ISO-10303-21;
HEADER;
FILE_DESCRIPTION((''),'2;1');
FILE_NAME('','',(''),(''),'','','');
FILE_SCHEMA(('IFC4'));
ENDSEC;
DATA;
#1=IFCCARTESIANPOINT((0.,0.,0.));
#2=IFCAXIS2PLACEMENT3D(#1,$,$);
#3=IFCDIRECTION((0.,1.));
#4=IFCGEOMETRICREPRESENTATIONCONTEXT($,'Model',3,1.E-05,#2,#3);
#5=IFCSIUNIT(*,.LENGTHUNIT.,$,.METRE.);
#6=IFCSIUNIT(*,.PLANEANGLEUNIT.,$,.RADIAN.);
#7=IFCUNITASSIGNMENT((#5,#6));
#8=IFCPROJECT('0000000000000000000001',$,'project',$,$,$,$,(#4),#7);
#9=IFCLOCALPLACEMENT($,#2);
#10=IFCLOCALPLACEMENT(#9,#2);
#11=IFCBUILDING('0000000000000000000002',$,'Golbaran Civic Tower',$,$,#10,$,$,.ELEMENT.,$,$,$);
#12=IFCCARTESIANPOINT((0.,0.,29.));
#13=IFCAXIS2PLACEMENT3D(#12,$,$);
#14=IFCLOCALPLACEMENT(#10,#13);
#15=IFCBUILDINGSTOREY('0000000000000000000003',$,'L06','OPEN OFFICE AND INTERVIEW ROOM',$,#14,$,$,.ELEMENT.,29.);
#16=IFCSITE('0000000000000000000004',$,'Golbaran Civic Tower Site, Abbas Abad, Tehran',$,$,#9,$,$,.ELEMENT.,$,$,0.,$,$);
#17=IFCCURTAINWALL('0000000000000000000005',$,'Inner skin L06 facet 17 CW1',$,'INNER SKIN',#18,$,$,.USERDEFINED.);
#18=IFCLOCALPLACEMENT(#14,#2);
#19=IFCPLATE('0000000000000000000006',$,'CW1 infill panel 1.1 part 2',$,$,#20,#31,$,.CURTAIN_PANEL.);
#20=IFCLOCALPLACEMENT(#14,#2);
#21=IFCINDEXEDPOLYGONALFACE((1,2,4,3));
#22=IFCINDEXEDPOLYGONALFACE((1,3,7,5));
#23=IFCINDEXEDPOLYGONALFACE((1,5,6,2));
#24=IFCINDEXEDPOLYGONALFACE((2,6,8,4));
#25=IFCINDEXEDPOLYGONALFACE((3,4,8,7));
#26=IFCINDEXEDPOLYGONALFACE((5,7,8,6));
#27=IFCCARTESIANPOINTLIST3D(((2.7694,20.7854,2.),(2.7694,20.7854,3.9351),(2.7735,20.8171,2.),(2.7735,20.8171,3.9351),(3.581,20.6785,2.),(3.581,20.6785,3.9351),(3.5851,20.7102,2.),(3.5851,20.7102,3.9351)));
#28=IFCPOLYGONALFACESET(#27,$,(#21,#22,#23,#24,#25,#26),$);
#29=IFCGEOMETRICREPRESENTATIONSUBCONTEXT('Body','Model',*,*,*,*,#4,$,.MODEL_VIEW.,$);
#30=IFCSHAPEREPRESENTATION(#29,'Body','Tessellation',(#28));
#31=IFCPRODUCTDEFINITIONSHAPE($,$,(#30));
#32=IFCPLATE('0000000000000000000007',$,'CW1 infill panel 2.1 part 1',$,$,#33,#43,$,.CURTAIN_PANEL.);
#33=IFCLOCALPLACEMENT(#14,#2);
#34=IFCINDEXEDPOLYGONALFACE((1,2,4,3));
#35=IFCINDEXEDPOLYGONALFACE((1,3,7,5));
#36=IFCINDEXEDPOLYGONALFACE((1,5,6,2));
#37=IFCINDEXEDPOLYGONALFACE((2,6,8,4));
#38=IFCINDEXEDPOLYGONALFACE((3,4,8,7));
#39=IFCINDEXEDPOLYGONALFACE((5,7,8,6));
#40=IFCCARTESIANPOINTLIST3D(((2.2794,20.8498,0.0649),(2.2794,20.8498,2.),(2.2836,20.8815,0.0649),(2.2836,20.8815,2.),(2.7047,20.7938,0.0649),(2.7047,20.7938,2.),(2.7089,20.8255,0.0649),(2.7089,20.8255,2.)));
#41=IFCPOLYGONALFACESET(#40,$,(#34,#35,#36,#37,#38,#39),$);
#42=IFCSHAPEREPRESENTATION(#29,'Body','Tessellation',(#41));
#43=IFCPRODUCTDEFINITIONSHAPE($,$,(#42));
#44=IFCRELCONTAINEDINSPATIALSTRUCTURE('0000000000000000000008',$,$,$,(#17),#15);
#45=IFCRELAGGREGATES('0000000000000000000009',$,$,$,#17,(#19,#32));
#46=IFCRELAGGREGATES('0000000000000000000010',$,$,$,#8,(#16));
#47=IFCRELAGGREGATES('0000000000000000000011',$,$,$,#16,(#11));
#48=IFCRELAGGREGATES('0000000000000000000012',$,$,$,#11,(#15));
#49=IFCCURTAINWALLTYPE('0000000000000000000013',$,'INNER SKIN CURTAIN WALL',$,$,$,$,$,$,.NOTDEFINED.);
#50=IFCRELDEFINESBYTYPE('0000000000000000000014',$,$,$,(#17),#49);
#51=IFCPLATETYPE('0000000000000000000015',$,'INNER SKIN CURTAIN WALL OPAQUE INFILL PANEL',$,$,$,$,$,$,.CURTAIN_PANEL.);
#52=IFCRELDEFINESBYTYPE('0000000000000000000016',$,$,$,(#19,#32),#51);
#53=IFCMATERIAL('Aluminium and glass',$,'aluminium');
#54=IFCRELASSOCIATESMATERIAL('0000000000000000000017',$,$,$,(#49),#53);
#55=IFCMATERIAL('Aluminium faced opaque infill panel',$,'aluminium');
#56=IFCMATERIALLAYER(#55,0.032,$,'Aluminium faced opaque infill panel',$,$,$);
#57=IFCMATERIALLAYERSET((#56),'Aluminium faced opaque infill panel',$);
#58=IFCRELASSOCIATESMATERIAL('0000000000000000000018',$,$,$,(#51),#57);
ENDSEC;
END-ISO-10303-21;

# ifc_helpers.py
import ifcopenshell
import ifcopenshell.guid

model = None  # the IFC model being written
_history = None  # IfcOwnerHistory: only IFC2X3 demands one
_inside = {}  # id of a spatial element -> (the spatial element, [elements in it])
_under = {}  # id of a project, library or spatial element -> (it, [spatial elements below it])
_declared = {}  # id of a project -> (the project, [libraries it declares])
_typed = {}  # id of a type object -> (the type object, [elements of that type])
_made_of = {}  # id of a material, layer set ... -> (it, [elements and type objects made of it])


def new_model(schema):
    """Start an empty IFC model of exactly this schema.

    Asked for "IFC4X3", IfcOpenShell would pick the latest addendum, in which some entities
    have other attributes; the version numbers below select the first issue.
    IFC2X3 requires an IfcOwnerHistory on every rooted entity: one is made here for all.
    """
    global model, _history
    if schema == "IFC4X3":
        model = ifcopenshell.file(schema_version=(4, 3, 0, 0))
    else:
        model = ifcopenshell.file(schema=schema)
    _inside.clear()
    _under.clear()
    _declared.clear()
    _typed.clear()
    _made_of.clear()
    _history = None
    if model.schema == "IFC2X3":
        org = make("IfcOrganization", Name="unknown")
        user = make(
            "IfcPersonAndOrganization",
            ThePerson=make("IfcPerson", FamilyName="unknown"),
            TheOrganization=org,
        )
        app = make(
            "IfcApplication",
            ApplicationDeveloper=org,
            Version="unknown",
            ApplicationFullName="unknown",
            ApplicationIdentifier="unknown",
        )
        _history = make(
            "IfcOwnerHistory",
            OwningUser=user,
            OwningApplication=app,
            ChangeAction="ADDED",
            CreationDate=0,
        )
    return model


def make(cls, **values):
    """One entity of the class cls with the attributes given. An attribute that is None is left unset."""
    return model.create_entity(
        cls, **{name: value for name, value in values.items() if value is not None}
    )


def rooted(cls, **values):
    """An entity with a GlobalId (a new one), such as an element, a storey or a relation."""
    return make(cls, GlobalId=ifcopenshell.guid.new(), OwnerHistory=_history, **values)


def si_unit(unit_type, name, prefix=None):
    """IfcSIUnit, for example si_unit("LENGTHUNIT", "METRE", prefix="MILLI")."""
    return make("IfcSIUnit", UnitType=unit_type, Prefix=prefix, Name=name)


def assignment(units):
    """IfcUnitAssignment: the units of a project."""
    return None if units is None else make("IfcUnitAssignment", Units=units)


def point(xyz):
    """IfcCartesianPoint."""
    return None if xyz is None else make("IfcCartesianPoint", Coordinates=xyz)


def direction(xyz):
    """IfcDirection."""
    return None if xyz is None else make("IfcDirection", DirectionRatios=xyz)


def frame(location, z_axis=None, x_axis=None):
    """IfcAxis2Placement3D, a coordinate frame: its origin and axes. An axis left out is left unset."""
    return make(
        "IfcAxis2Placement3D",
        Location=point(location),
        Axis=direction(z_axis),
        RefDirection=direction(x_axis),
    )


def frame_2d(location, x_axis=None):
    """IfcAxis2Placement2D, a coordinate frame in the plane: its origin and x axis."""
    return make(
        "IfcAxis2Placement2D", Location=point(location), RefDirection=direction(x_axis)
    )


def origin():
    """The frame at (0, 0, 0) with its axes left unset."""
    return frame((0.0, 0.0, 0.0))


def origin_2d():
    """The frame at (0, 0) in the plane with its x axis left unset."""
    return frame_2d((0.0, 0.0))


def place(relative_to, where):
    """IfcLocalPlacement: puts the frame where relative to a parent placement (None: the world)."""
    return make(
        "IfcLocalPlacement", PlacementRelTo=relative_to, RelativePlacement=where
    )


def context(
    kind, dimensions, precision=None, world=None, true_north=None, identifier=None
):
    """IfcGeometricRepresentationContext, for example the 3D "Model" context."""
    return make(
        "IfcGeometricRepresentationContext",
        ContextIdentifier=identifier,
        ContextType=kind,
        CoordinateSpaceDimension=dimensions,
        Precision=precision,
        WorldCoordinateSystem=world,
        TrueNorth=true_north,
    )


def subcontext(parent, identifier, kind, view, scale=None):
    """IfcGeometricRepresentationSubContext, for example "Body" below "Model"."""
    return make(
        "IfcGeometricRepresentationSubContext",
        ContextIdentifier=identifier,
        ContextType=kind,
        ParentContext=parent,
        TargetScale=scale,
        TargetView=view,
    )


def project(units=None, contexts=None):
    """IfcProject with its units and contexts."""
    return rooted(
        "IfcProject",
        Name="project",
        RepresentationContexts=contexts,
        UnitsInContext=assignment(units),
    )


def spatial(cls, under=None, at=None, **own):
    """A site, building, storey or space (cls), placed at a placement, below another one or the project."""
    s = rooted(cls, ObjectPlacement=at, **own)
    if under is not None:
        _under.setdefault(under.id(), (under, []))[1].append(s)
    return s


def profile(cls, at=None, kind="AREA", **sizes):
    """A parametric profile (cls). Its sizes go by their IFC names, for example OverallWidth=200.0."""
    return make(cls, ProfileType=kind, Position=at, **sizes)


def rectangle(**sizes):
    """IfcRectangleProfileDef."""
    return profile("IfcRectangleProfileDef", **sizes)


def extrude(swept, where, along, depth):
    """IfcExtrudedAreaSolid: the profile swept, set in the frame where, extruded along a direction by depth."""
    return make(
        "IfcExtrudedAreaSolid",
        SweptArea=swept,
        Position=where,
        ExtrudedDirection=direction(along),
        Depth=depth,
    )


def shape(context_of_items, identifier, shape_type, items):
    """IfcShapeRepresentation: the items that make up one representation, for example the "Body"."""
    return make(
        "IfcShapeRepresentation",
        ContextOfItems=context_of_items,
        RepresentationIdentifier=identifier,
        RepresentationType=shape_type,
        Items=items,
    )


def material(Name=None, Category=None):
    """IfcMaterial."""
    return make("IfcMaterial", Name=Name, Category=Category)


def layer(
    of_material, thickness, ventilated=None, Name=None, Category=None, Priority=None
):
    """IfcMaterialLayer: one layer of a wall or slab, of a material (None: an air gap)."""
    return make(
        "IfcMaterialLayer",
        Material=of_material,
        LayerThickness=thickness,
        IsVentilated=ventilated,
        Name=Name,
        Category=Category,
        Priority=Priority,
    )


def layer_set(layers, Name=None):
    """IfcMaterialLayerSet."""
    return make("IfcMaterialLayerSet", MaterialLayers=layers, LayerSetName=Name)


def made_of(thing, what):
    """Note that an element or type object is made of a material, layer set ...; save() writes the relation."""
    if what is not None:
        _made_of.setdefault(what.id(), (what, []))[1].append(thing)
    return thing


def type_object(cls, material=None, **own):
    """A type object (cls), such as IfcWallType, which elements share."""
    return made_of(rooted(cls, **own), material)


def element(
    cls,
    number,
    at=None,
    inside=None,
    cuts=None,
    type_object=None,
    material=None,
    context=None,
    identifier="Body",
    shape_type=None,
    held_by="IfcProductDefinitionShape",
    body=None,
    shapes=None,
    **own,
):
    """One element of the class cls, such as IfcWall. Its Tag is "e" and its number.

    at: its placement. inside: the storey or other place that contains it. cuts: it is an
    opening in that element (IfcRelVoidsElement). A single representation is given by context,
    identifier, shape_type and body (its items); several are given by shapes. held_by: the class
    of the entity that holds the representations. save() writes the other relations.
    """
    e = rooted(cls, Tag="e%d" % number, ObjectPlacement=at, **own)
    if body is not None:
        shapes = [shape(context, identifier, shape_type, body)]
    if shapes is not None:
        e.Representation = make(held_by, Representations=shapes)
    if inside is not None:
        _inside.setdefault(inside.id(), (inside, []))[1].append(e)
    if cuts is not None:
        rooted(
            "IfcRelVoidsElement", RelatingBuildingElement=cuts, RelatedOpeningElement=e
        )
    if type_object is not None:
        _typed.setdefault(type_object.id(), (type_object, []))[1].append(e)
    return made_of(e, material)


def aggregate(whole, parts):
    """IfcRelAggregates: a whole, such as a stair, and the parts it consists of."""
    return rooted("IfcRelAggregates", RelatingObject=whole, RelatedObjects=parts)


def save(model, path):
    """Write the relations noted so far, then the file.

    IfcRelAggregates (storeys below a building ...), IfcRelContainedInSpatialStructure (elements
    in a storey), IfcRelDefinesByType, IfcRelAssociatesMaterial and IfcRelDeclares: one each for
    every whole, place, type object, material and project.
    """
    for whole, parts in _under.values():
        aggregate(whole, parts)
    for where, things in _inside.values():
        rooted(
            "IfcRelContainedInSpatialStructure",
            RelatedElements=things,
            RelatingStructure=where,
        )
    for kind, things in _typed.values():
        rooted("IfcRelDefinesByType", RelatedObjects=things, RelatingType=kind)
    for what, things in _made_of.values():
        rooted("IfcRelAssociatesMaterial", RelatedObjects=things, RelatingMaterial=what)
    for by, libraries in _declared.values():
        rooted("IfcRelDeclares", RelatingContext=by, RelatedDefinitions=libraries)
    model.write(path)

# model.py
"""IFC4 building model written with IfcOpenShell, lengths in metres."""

from ifc_helpers import new_model, si_unit, direction, frame, origin, origin_2d, place, context, subcontext, project, spatial, rectangle, extrude, material, layer, layer_set, type_object, element, aggregate, save


model = new_model("IFC4")

# Units and contexts
model_context = context("Model", 3, precision=1e-05, world=origin(), true_north=direction((0.0, 1.0)))
body_context = subcontext(model_context, "Body", "Model", "MODEL_VIEW")
ifc_project = project(units=[si_unit("LENGTHUNIT", "METRE"), si_unit("PLANEANGLEUNIT", "RADIAN")], contexts=[model_context])

# Site, building, storey
site_placement = place(None, origin())
site = spatial("IfcSite", under=ifc_project, at=site_placement, Name="Golbaran Civic Tower Site, Abbas Abad, Tehran", CompositionType="ELEMENT", RefElevation=0.0)
building_placement = place(site_placement, origin())
building = spatial("IfcBuilding", under=site, at=building_placement, Name="Golbaran Civic Tower", CompositionType="ELEMENT")
storey_placement = place(building_placement, frame((0.0, 0.0, 29.0)))
storey = spatial("IfcBuildingStorey", under=building, at=storey_placement, Name="L06", Description="OPEN OFFICE AND INTERVIEW ROOM", CompositionType="ELEMENT", Elevation=29.0)

# Curtain wall
ifc_material_1 = material(Name="Aluminium and glass", Category="aluminium")
curtain_wall_type = type_object("IfcCurtainWallType", Name="INNER SKIN CURTAIN WALL", PredefinedType="NOTDEFINED", material=ifc_material_1)
curtain_wall_1_placement = place(storey_placement, origin())
curtain_wall_1 = element("IfcCurtainWall", 1, at=curtain_wall_1_placement, inside=storey, type_object=curtain_wall_type, Name="Inner skin L06 facet 17 CW1", ObjectType="INNER SKIN", PredefinedType="USERDEFINED")

# Plates
ifc_material_2 = material(Name="Aluminium faced opaque infill panel", Category="aluminium")
ifc_layer_1 = layer(ifc_material_2, 0.032, Name="Aluminium faced opaque infill panel")
ifc_layer_set_1 = layer_set([ifc_layer_1], Name="Aluminium faced opaque infill panel")
plate_type_1 = type_object("IfcPlateType", Name="INNER SKIN CURTAIN WALL OPAQUE INFILL PANEL", PredefinedType="CURTAIN_PANEL", material=ifc_layer_set_1)
plate_1_placement = place(storey_placement, frame((3.1772, 20.7478, 2.0), z_axis=(0.0, 0.0, 1.0), x_axis=(-0.991445, 0.130526, 0.0)))
plate_1 = element("IfcPlate", 2, at=plate_1_placement, type_object=plate_type_1, Name="CW1 infill panel 1.1 part 2", PredefinedType="CURTAIN_PANEL", context=body_context, shape_type="SweptSolid", body=[
    extrude(rectangle(XDim=0.8186, YDim=0.032, at=origin_2d()), origin(), (0.0, 0.0, 1.0), 1.9351),
])
plate_2_placement = place(storey_placement, frame((2.4941, 20.8376, 0.0649), z_axis=(0.0, 0.0, 1.0), x_axis=(-0.991445, 0.130526, 0.0)))
plate_2 = element("IfcPlate", 3, at=plate_2_placement, type_object=plate_type_1, Name="CW1 infill panel 2.1 part 1", PredefinedType="CURTAIN_PANEL", context=body_context, shape_type="SweptSolid", body=[
    extrude(rectangle(XDim=0.429, YDim=0.032, at=origin_2d()), origin(), (0.0, 0.0, 1.0), 1.9351),
])
aggregate(curtain_wall_1, [plate_1, plate_2])

save(model, "model.ifc")
